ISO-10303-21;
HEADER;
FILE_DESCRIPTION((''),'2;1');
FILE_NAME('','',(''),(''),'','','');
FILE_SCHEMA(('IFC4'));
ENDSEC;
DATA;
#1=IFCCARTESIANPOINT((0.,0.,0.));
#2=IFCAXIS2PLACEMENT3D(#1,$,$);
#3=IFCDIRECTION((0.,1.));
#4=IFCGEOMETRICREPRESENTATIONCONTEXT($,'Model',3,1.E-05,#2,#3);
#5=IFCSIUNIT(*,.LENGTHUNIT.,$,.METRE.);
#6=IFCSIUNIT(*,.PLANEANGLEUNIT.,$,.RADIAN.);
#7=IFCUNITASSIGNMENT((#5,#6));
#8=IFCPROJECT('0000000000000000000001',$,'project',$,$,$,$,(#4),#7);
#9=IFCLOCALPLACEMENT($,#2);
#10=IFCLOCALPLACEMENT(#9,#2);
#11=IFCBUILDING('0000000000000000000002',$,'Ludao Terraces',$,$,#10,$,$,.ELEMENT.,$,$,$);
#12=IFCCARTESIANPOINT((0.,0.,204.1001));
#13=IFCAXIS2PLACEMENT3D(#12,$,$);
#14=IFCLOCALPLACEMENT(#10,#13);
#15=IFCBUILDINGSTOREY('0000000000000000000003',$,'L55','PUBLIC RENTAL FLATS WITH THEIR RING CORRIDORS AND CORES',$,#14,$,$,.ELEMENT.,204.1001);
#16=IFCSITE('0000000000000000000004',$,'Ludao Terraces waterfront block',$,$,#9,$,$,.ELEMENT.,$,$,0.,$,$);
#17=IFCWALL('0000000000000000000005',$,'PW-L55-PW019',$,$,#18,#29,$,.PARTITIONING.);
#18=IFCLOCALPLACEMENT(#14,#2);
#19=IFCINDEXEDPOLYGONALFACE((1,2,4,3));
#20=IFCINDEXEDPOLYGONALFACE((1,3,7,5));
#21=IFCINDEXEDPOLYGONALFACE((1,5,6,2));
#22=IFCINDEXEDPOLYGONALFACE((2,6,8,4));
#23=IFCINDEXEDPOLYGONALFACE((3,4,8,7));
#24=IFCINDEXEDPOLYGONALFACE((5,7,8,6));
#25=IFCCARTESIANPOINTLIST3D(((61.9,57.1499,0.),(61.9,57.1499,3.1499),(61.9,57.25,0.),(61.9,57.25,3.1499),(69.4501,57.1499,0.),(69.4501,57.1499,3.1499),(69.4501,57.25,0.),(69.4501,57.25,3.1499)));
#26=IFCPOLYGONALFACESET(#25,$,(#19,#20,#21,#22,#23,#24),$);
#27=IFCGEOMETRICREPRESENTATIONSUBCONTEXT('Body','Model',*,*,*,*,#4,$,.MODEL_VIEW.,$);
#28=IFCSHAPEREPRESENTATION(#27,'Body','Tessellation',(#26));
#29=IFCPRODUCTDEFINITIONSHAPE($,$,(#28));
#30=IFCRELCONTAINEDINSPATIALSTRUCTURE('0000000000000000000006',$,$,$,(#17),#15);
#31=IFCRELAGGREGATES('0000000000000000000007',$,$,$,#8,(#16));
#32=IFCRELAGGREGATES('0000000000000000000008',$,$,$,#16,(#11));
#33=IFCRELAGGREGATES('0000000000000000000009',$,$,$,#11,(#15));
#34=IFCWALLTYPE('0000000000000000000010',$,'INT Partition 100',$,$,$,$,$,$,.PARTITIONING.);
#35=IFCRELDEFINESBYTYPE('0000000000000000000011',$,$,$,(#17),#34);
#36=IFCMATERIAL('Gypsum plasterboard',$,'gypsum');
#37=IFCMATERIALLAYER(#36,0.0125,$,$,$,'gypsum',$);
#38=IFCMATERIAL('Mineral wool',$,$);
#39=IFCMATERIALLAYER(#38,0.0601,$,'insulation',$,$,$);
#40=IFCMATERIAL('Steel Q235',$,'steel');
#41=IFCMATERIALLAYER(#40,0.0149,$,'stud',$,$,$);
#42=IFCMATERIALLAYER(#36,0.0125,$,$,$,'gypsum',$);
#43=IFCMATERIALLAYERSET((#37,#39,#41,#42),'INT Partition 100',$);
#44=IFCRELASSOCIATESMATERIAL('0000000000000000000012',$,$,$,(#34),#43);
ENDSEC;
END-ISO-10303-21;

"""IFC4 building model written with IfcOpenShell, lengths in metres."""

from ifc_helpers import new_model, si_unit, direction, frame, frame_2d, origin, place, context, subcontext, project, spatial, rectangle, extrude, material, layer, layer_set, type_object, element, save


model = new_model("IFC4")

# Units and contexts
model_context = context("Model", 3, precision=1e-05, world=origin(), true_north=direction((0.0, 1.0)))
body_context = subcontext(model_context, "Body", "Model", "MODEL_VIEW")
ifc_project = project(units=[si_unit("LENGTHUNIT", "METRE"), si_unit("PLANEANGLEUNIT", "RADIAN")], contexts=[model_context])

# Site, building, storey
site_placement = place(None, origin())
site = spatial("IfcSite", under=ifc_project, at=site_placement, Name="Ludao Terraces waterfront block", CompositionType="ELEMENT", RefElevation=0.0)
building_placement = place(site_placement, origin())
building = spatial("IfcBuilding", under=site, at=building_placement, Name="Ludao Terraces", CompositionType="ELEMENT")
storey_placement = place(building_placement, frame((0.0, 0.0, 204.1001)))
storey = spatial("IfcBuildingStorey", under=building, at=storey_placement, Name="L55", Description="PUBLIC RENTAL FLATS WITH THEIR RING CORRIDORS AND CORES", CompositionType="ELEMENT", Elevation=204.1001)

# Shared definitions
ifc_material_1 = material(Name="Mineral wool")

# Shared definitions
ifc_material_2 = material(Name="Gypsum plasterboard", Category="gypsum")
ifc_layer_1 = layer(ifc_material_2, 0.0125, Category="gypsum")
ifc_layer_2 = layer(ifc_material_1, 0.0601, Name="insulation")
ifc_material_3 = material(Name="Steel Q235", Category="steel")
ifc_layer_3 = layer(ifc_material_3, 0.0149, Name="stud")
ifc_layer_4 = layer(ifc_material_2, 0.0125, Category="gypsum")
ifc_layer_set_1 = layer_set([ifc_layer_1, ifc_layer_2, ifc_layer_3, ifc_layer_4], Name="INT Partition 100")
wall_type_1 = type_object("IfcWallType", Name="INT Partition 100", PredefinedType="PARTITIONING", material=ifc_layer_set_1)

# Wall
for number, where, z_axis, x_axis, name in (
    (1, (61.9001, 57.2, 0.0), (0.0, 0.0, 1.0), (1.0, 0.0, 0.0), "PW-L55-PW019"),
):
    element("IfcWall", number, at=place(storey_placement, frame(where, z_axis=z_axis, x_axis=x_axis)), inside=storey, type_object=wall_type_1, Name=name, PredefinedType="PARTITIONING", context=body_context, shape_type="SweptSolid", body=[
        extrude(rectangle(XDim=7.55, YDim=0.1001, at=frame_2d((3.7749, 0.0))), origin(), (0.0, 0.0, 1.0), 3.1499),
    ])

save(model, "model.ifc")
